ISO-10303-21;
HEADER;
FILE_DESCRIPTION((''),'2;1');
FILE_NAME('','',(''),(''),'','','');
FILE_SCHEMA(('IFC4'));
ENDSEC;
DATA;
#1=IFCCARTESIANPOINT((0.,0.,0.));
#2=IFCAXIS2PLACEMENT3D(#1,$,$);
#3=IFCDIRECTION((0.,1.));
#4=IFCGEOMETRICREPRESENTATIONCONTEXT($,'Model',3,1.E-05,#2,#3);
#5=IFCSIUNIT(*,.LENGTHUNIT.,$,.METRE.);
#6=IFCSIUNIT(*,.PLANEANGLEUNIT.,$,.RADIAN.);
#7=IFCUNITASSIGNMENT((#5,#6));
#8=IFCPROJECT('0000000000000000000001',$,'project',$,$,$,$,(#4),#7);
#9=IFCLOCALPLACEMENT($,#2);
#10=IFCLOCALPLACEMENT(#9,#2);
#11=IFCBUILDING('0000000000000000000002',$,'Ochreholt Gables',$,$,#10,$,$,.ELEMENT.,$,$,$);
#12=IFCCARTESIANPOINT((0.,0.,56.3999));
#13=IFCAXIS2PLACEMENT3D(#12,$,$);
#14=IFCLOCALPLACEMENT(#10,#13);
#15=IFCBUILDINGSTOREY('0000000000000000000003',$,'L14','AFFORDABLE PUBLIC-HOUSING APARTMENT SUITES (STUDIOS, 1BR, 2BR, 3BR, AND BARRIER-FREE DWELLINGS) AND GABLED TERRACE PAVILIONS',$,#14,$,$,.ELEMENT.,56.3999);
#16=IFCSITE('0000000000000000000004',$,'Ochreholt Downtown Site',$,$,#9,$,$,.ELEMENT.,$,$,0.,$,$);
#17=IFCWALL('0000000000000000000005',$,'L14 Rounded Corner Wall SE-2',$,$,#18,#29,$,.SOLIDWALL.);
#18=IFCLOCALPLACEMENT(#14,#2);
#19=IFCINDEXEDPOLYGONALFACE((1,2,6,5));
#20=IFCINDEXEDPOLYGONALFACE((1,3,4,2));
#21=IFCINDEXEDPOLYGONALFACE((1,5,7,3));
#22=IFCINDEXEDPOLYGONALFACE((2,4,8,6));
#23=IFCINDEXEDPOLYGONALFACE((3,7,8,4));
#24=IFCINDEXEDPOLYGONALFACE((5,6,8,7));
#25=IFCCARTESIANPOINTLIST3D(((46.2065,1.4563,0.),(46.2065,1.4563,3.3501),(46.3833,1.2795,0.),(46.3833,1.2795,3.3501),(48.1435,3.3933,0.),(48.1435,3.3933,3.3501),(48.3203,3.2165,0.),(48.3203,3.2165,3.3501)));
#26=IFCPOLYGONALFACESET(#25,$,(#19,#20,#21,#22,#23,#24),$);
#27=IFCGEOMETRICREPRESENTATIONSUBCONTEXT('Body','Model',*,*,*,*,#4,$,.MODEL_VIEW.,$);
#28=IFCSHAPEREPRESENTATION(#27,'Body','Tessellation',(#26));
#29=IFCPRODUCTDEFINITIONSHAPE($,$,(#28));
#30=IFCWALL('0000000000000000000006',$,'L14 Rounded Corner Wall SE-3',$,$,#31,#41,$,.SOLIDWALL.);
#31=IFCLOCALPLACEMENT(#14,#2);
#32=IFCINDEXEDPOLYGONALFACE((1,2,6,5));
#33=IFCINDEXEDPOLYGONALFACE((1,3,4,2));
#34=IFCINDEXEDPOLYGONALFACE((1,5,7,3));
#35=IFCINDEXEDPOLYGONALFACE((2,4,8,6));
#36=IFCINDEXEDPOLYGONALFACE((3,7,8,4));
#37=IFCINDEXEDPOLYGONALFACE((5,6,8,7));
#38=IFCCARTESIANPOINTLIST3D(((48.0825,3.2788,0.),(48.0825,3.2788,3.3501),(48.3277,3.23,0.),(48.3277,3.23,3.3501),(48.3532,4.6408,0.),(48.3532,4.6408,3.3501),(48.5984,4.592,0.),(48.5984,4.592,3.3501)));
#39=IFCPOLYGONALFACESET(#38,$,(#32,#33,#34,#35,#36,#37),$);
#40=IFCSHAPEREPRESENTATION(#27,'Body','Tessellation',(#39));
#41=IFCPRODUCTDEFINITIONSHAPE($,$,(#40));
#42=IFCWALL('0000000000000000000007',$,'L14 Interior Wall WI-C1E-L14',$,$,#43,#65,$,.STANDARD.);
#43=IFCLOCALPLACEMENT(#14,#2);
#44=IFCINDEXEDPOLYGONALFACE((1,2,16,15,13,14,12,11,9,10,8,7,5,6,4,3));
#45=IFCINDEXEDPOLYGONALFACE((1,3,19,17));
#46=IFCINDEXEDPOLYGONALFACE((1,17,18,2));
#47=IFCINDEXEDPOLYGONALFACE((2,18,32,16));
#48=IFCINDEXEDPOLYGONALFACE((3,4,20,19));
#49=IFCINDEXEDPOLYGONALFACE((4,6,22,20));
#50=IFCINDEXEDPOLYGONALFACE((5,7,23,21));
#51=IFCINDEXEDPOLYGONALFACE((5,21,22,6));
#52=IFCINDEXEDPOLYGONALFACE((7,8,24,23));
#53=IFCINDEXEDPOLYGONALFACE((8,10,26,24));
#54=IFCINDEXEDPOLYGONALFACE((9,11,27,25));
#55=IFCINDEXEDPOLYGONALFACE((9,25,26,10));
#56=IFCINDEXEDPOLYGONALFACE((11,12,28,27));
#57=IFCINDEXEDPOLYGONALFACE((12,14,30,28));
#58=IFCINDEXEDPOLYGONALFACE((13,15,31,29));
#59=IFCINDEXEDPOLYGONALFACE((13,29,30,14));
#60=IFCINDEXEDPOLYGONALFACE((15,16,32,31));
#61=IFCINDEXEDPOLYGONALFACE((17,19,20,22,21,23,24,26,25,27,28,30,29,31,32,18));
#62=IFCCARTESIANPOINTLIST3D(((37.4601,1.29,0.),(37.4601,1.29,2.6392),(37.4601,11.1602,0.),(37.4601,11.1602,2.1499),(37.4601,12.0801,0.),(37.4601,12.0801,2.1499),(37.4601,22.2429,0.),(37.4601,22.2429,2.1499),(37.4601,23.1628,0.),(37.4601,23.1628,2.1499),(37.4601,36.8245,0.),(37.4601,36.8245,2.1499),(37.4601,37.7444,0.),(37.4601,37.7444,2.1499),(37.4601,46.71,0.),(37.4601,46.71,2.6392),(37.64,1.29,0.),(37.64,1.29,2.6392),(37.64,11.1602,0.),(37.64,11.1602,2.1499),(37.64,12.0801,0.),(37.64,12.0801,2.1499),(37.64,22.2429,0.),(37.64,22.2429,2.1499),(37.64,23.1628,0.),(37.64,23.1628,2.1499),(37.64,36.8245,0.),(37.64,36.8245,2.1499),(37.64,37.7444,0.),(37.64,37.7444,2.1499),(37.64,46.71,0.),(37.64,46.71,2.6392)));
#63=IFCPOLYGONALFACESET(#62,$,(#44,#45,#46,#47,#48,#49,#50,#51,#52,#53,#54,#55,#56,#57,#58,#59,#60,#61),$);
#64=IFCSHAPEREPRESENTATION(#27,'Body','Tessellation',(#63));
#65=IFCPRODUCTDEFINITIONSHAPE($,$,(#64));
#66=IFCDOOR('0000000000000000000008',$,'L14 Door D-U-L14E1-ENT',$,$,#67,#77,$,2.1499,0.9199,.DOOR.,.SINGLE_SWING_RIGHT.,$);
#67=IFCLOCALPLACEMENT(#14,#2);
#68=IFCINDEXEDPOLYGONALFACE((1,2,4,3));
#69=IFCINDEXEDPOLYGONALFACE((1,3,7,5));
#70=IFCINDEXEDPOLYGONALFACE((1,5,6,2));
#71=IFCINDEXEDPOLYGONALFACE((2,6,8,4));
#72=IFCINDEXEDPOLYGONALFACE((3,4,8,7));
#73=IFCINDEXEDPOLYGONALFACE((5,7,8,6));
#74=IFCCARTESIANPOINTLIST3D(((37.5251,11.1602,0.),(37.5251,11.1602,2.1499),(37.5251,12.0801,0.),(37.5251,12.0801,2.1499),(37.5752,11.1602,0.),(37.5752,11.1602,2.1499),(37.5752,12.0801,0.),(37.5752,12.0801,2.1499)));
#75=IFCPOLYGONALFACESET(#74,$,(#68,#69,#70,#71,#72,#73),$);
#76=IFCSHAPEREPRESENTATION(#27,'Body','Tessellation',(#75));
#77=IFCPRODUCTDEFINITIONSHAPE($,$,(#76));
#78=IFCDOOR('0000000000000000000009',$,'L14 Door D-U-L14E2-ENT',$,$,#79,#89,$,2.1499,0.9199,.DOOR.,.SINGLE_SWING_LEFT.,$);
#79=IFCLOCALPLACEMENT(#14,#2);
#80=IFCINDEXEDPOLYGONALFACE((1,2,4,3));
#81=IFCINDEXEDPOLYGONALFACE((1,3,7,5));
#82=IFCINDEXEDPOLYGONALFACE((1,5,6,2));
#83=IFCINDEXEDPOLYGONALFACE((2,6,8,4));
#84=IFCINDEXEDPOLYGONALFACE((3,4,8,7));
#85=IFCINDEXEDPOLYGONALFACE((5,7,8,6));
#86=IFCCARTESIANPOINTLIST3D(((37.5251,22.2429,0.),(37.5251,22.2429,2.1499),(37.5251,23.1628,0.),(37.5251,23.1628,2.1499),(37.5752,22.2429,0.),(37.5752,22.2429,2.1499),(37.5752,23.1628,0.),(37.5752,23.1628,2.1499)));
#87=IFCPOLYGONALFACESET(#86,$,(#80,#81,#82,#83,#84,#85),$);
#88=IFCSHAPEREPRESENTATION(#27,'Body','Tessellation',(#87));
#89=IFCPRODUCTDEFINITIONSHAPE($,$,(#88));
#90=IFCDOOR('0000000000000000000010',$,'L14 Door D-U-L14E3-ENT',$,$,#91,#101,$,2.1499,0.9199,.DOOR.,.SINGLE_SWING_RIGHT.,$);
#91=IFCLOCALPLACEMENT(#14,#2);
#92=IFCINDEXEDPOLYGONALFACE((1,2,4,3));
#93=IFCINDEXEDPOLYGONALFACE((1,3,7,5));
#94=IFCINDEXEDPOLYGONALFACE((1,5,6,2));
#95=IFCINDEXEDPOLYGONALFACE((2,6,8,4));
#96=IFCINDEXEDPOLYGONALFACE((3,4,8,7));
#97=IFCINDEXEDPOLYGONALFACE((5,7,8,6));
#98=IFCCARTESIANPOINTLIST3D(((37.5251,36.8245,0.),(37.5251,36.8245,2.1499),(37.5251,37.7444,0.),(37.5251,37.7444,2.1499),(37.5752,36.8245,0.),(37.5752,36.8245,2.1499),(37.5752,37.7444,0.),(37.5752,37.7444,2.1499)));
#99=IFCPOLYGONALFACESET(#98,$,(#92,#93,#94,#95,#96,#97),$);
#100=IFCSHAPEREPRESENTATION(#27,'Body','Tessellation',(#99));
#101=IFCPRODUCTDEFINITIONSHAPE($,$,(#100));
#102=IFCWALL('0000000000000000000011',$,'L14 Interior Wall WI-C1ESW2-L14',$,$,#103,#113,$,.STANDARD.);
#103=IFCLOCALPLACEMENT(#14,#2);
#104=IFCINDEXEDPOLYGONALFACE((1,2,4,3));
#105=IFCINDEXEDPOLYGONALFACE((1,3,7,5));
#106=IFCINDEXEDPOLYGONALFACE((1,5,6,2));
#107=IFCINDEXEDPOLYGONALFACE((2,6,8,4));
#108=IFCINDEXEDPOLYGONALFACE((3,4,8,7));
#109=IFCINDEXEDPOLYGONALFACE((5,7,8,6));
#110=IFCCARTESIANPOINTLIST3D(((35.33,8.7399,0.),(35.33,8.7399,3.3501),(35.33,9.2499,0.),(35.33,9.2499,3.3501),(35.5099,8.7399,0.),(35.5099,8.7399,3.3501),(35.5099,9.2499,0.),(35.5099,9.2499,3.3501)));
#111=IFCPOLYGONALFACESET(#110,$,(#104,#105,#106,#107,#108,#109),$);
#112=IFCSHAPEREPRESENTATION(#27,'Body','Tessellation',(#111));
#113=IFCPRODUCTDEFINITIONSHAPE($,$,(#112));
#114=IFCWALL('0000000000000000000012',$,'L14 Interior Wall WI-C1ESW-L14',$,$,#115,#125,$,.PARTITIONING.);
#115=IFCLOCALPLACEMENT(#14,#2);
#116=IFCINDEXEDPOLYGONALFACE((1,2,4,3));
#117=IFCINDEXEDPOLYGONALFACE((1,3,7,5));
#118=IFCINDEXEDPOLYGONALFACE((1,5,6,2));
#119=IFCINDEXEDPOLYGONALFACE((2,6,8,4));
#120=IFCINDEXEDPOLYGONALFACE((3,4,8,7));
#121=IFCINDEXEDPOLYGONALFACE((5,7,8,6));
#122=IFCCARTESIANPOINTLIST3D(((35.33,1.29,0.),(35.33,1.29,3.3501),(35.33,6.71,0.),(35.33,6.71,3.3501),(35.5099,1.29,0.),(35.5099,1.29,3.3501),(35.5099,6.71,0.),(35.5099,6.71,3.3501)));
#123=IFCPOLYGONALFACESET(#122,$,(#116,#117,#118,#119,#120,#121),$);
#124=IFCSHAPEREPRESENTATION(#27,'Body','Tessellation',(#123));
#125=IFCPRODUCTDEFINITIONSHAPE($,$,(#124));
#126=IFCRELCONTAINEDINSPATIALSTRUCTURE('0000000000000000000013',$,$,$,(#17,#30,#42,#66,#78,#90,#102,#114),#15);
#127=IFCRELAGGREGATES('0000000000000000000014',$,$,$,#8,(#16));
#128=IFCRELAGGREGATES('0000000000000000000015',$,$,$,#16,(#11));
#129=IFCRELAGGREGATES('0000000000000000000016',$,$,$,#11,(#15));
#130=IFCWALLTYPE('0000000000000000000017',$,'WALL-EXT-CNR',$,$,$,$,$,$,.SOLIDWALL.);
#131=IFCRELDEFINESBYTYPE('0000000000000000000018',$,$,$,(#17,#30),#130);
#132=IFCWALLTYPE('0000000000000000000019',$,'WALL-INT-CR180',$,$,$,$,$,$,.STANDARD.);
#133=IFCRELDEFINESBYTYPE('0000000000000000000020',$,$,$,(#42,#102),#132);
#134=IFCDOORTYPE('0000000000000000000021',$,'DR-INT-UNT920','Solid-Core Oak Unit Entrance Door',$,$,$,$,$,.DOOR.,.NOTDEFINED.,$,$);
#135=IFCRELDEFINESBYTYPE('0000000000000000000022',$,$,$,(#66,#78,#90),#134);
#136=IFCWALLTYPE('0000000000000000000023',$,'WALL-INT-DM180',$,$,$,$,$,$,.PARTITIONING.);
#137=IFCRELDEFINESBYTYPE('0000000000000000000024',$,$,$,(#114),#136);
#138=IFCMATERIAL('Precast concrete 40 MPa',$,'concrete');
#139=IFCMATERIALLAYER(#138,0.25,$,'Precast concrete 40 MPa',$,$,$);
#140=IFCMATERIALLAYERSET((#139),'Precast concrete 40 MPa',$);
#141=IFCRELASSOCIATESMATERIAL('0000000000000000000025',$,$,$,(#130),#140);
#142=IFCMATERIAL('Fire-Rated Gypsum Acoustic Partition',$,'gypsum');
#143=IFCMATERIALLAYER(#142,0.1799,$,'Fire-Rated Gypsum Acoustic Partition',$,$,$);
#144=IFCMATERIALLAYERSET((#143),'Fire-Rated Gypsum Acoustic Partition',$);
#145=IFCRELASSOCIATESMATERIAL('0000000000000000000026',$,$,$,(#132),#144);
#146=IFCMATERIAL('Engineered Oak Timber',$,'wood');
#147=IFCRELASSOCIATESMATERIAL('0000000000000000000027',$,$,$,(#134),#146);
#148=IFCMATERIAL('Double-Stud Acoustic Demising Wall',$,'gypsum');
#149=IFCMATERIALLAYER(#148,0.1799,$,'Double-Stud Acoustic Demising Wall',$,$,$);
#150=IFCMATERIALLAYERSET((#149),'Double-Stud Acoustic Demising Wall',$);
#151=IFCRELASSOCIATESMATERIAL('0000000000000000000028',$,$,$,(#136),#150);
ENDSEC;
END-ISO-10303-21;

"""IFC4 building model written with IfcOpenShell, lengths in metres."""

from ifc_helpers import new_model, si_unit, direction, frame, frame_2d, origin, place, context, subcontext, project, spatial, rectangle, extrude, material, layer, layer_set, type_object, element, fill, save


model = new_model("IFC4")

# Units and contexts
model_context = context("Model", 3, precision=1e-05, world=origin(), true_north=direction((0.0, 1.0)))
body_context = subcontext(model_context, "Body", "Model", "MODEL_VIEW")
ifc_project = project(units=[si_unit("LENGTHUNIT", "METRE"), si_unit("PLANEANGLEUNIT", "RADIAN")], contexts=[model_context])

# Site, building, storey
site_placement = place(None, origin())
site = spatial("IfcSite", under=ifc_project, at=site_placement, Name="Ochreholt Downtown Site", CompositionType="ELEMENT", RefElevation=0.0)
building_placement = place(site_placement, origin())
building = spatial("IfcBuilding", under=site, at=building_placement, Name="Ochreholt Gables", CompositionType="ELEMENT")
storey_placement = place(building_placement, frame((0.0, 0.0, 56.3999)))
storey = spatial("IfcBuildingStorey", under=building, at=storey_placement, Name="L14", Description="AFFORDABLE PUBLIC-HOUSING APARTMENT SUITES (STUDIOS, 1BR, 2BR, 3BR, AND BARRIER-FREE DWELLINGS) AND GABLED TERRACE PAVILIONS", CompositionType="ELEMENT", Elevation=56.3999)

# Shared definitions
ifc_material_1 = material(Name="Precast concrete 40 MPa", Category="concrete")

# Walls
ifc_layer_1 = layer(ifc_material_1, 0.25, Name="Precast concrete 40 MPa")
ifc_layer_set_1 = layer_set([ifc_layer_1], Name="Precast concrete 40 MPa")
wall_type_1 = type_object("IfcWallType", Name="WALL-EXT-CNR", PredefinedType="SOLIDWALL", material=ifc_layer_set_1)
wall_1_placement = place(storey_placement, frame((46.2949, 1.3679, 0.0), z_axis=(0.0, 0.0, 1.0), x_axis=(0.707107, 0.707107, 0.0)))
element("IfcWall", 1, at=wall_1_placement, inside=storey, type_object=wall_type_1, Name="L14 Rounded Corner Wall SE-2", PredefinedType="SOLIDWALL", context=body_context, shape_type="SweptSolid", body=[
    extrude(rectangle(XDim=2.7393, YDim=0.25, at=frame_2d((1.3696, 0.0))), origin(), (0.0, 0.0, 1.0), 3.3501),
])
wall_2_placement = place(storey_placement, frame((48.2051, 3.2544, 0.0), z_axis=(0.0, 0.0, 1.0), x_axis=(0.194967, 0.98081, 0.0)))
element("IfcWall", 2, at=wall_2_placement, inside=storey, type_object=wall_type_1, Name="L14 Rounded Corner Wall SE-3", PredefinedType="SOLIDWALL", context=body_context, shape_type="SweptSolid", body=[
    extrude(rectangle(XDim=1.3887, YDim=0.25, at=frame_2d((0.6943, 0.0))), origin(), (0.0, 0.0, 1.0), 3.3501),
])

# Wall, openings, doors
ifc_material_2 = material(Name="Fire-Rated Gypsum Acoustic Partition", Category="gypsum")
ifc_layer_2 = layer(ifc_material_2, 0.1799, Name="Fire-Rated Gypsum Acoustic Partition")
ifc_layer_set_2 = layer_set([ifc_layer_2], Name="Fire-Rated Gypsum Acoustic Partition")
wall_type_2 = type_object("IfcWallType", Name="WALL-INT-CR180", PredefinedType="STANDARD", material=ifc_layer_set_2)
wall_3_placement = place(storey_placement, frame((37.55, 1.29, 0.0), z_axis=(0.0, 0.0, 1.0), x_axis=(0.0, 1.0, 0.0)))
wall_3 = element("IfcWall", 3, at=wall_3_placement, inside=storey, type_object=wall_type_2, Name="L14 Interior Wall WI-C1E-L14", PredefinedType="STANDARD", context=body_context, shape_type="SweptSolid", body=[
    extrude(rectangle(XDim=45.4199, YDim=0.1799, at=frame_2d((22.71, 0.0))), origin(), (0.0, 0.0, 1.0), 2.6392),
])
opening_1_placement = place(wall_3_placement, frame((9.8701, 0.0, 0.0)))
opening_1 = element("IfcOpeningElement", 4, at=opening_1_placement, cuts=wall_3, PredefinedType="OPENING", context=body_context, shape_type="SweptSolid", body=[
    extrude(rectangle(XDim=0.9199, YDim=2.1499, at=frame_2d((0.46, 1.075))), frame((0.0, 0.0999, 0.0), z_axis=(0.0, -1.0, 0.0), x_axis=(1.0, 0.0, 0.0)), (0.0, 0.0, 1.0), 0.2),
])
opening_2_placement = place(wall_3_placement, frame((20.9529, 0.0, 0.0)))
opening_2 = element("IfcOpeningElement", 5, at=opening_2_placement, cuts=wall_3, PredefinedType="OPENING", context=body_context, shape_type="SweptSolid", body=[
    extrude(rectangle(XDim=0.9199, YDim=2.1499, at=frame_2d((0.46, 1.075))), frame((0.0, 0.0999, 0.0), z_axis=(0.0, -1.0, 0.0), x_axis=(1.0, 0.0, 0.0)), (0.0, 0.0, 1.0), 0.2),
])
opening_3_placement = place(wall_3_placement, frame((35.5344, 0.0, 0.0)))
opening_3 = element("IfcOpeningElement", 6, at=opening_3_placement, cuts=wall_3, PredefinedType="OPENING", context=body_context, shape_type="SweptSolid", body=[
    extrude(rectangle(XDim=0.9199, YDim=2.1499, at=frame_2d((0.46, 1.075))), frame((0.0, 0.0999, 0.0), z_axis=(0.0, -1.0, 0.0), x_axis=(1.0, 0.0, 0.0)), (0.0, 0.0, 1.0), 0.2),
])
ifc_material_3 = material(Name="Engineered Oak Timber", Category="wood")
door_type = type_object("IfcDoorType", Name="DR-INT-UNT920", Description="Solid-Core Oak Unit Entrance Door", OperationType="NOTDEFINED", PredefinedType="DOOR", material=ifc_material_3)
door_1_placement = place(opening_1_placement, origin())
door_1 = element("IfcDoor", 7, at=door_1_placement, inside=storey, type_object=door_type, Name="L14 Door D-U-L14E1-ENT", OperationType="SINGLE_SWING_RIGHT", OverallHeight=2.1499, OverallWidth=0.9199, PredefinedType="DOOR", context=body_context, shape_type="SweptSolid", body=[
    extrude(rectangle(XDim=0.9199, YDim=2.1499, at=frame_2d((0.46, 1.075))), frame((0.0, 0.0249, 0.0), z_axis=(0.0, -1.0, 0.0), x_axis=(1.0, 0.0, 0.0)), (0.0, 0.0, 1.0), 0.05),
])
fill(opening_1, door_1)
door_2_placement = place(opening_2_placement, origin())
door_2 = element("IfcDoor", 8, at=door_2_placement, inside=storey, type_object=door_type, Name="L14 Door D-U-L14E2-ENT", OperationType="SINGLE_SWING_LEFT", OverallHeight=2.1499, OverallWidth=0.9199, PredefinedType="DOOR", context=body_context, shape_type="SweptSolid", body=[
    extrude(rectangle(XDim=0.9199, YDim=2.1499, at=frame_2d((0.46, 1.075))), frame((0.0, 0.0249, 0.0), z_axis=(0.0, -1.0, 0.0), x_axis=(1.0, 0.0, 0.0)), (0.0, 0.0, 1.0), 0.05),
])
fill(opening_2, door_2)
door_3_placement = place(opening_3_placement, origin())
door_3 = element("IfcDoor", 9, at=door_3_placement, inside=storey, type_object=door_type, Name="L14 Door D-U-L14E3-ENT", OperationType="SINGLE_SWING_RIGHT", OverallHeight=2.1499, OverallWidth=0.9199, PredefinedType="DOOR", context=body_context, shape_type="SweptSolid", body=[
    extrude(rectangle(XDim=0.9199, YDim=2.1499, at=frame_2d((0.46, 1.075))), frame((0.0, 0.0249, 0.0), z_axis=(0.0, -1.0, 0.0), x_axis=(1.0, 0.0, 0.0)), (0.0, 0.0, 1.0), 0.05),
])
fill(opening_3, door_3)

# Walls
wall_4_placement = place(storey_placement, frame((35.4199, 8.74, 0.0), z_axis=(0.0, 0.0, 1.0), x_axis=(0.0, 1.0, 0.0)))
element("IfcWall", 10, at=wall_4_placement, inside=storey, type_object=wall_type_2, Name="L14 Interior Wall WI-C1ESW2-L14", PredefinedType="STANDARD", context=body_context, shape_type="SweptSolid", body=[
    extrude(rectangle(XDim=0.51, YDim=0.1799, at=frame_2d((0.2549, 0.0))), origin(), (0.0, 0.0, 1.0), 3.3501),
])
ifc_material_4 = material(Name="Double-Stud Acoustic Demising Wall", Category="gypsum")
ifc_layer_3 = layer(ifc_material_4, 0.1799, Name="Double-Stud Acoustic Demising Wall")
ifc_layer_set_3 = layer_set([ifc_layer_3], Name="Double-Stud Acoustic Demising Wall")
wall_type_3 = type_object("IfcWallType", Name="WALL-INT-DM180", PredefinedType="PARTITIONING", material=ifc_layer_set_3)
wall_5_placement = place(storey_placement, frame((35.4199, 1.29, 0.0), z_axis=(0.0, 0.0, 1.0), x_axis=(0.0, 1.0, 0.0)))
element("IfcWall", 11, at=wall_5_placement, inside=storey, type_object=wall_type_3, Name="L14 Interior Wall WI-C1ESW-L14", PredefinedType="PARTITIONING", context=body_context, shape_type="SweptSolid", body=[
    extrude(rectangle(XDim=5.4199, YDim=0.1799, at=frame_2d((2.71, 0.0))), origin(), (0.0, 0.0, 1.0), 3.3501),
])

save(model, "model.ifc")
